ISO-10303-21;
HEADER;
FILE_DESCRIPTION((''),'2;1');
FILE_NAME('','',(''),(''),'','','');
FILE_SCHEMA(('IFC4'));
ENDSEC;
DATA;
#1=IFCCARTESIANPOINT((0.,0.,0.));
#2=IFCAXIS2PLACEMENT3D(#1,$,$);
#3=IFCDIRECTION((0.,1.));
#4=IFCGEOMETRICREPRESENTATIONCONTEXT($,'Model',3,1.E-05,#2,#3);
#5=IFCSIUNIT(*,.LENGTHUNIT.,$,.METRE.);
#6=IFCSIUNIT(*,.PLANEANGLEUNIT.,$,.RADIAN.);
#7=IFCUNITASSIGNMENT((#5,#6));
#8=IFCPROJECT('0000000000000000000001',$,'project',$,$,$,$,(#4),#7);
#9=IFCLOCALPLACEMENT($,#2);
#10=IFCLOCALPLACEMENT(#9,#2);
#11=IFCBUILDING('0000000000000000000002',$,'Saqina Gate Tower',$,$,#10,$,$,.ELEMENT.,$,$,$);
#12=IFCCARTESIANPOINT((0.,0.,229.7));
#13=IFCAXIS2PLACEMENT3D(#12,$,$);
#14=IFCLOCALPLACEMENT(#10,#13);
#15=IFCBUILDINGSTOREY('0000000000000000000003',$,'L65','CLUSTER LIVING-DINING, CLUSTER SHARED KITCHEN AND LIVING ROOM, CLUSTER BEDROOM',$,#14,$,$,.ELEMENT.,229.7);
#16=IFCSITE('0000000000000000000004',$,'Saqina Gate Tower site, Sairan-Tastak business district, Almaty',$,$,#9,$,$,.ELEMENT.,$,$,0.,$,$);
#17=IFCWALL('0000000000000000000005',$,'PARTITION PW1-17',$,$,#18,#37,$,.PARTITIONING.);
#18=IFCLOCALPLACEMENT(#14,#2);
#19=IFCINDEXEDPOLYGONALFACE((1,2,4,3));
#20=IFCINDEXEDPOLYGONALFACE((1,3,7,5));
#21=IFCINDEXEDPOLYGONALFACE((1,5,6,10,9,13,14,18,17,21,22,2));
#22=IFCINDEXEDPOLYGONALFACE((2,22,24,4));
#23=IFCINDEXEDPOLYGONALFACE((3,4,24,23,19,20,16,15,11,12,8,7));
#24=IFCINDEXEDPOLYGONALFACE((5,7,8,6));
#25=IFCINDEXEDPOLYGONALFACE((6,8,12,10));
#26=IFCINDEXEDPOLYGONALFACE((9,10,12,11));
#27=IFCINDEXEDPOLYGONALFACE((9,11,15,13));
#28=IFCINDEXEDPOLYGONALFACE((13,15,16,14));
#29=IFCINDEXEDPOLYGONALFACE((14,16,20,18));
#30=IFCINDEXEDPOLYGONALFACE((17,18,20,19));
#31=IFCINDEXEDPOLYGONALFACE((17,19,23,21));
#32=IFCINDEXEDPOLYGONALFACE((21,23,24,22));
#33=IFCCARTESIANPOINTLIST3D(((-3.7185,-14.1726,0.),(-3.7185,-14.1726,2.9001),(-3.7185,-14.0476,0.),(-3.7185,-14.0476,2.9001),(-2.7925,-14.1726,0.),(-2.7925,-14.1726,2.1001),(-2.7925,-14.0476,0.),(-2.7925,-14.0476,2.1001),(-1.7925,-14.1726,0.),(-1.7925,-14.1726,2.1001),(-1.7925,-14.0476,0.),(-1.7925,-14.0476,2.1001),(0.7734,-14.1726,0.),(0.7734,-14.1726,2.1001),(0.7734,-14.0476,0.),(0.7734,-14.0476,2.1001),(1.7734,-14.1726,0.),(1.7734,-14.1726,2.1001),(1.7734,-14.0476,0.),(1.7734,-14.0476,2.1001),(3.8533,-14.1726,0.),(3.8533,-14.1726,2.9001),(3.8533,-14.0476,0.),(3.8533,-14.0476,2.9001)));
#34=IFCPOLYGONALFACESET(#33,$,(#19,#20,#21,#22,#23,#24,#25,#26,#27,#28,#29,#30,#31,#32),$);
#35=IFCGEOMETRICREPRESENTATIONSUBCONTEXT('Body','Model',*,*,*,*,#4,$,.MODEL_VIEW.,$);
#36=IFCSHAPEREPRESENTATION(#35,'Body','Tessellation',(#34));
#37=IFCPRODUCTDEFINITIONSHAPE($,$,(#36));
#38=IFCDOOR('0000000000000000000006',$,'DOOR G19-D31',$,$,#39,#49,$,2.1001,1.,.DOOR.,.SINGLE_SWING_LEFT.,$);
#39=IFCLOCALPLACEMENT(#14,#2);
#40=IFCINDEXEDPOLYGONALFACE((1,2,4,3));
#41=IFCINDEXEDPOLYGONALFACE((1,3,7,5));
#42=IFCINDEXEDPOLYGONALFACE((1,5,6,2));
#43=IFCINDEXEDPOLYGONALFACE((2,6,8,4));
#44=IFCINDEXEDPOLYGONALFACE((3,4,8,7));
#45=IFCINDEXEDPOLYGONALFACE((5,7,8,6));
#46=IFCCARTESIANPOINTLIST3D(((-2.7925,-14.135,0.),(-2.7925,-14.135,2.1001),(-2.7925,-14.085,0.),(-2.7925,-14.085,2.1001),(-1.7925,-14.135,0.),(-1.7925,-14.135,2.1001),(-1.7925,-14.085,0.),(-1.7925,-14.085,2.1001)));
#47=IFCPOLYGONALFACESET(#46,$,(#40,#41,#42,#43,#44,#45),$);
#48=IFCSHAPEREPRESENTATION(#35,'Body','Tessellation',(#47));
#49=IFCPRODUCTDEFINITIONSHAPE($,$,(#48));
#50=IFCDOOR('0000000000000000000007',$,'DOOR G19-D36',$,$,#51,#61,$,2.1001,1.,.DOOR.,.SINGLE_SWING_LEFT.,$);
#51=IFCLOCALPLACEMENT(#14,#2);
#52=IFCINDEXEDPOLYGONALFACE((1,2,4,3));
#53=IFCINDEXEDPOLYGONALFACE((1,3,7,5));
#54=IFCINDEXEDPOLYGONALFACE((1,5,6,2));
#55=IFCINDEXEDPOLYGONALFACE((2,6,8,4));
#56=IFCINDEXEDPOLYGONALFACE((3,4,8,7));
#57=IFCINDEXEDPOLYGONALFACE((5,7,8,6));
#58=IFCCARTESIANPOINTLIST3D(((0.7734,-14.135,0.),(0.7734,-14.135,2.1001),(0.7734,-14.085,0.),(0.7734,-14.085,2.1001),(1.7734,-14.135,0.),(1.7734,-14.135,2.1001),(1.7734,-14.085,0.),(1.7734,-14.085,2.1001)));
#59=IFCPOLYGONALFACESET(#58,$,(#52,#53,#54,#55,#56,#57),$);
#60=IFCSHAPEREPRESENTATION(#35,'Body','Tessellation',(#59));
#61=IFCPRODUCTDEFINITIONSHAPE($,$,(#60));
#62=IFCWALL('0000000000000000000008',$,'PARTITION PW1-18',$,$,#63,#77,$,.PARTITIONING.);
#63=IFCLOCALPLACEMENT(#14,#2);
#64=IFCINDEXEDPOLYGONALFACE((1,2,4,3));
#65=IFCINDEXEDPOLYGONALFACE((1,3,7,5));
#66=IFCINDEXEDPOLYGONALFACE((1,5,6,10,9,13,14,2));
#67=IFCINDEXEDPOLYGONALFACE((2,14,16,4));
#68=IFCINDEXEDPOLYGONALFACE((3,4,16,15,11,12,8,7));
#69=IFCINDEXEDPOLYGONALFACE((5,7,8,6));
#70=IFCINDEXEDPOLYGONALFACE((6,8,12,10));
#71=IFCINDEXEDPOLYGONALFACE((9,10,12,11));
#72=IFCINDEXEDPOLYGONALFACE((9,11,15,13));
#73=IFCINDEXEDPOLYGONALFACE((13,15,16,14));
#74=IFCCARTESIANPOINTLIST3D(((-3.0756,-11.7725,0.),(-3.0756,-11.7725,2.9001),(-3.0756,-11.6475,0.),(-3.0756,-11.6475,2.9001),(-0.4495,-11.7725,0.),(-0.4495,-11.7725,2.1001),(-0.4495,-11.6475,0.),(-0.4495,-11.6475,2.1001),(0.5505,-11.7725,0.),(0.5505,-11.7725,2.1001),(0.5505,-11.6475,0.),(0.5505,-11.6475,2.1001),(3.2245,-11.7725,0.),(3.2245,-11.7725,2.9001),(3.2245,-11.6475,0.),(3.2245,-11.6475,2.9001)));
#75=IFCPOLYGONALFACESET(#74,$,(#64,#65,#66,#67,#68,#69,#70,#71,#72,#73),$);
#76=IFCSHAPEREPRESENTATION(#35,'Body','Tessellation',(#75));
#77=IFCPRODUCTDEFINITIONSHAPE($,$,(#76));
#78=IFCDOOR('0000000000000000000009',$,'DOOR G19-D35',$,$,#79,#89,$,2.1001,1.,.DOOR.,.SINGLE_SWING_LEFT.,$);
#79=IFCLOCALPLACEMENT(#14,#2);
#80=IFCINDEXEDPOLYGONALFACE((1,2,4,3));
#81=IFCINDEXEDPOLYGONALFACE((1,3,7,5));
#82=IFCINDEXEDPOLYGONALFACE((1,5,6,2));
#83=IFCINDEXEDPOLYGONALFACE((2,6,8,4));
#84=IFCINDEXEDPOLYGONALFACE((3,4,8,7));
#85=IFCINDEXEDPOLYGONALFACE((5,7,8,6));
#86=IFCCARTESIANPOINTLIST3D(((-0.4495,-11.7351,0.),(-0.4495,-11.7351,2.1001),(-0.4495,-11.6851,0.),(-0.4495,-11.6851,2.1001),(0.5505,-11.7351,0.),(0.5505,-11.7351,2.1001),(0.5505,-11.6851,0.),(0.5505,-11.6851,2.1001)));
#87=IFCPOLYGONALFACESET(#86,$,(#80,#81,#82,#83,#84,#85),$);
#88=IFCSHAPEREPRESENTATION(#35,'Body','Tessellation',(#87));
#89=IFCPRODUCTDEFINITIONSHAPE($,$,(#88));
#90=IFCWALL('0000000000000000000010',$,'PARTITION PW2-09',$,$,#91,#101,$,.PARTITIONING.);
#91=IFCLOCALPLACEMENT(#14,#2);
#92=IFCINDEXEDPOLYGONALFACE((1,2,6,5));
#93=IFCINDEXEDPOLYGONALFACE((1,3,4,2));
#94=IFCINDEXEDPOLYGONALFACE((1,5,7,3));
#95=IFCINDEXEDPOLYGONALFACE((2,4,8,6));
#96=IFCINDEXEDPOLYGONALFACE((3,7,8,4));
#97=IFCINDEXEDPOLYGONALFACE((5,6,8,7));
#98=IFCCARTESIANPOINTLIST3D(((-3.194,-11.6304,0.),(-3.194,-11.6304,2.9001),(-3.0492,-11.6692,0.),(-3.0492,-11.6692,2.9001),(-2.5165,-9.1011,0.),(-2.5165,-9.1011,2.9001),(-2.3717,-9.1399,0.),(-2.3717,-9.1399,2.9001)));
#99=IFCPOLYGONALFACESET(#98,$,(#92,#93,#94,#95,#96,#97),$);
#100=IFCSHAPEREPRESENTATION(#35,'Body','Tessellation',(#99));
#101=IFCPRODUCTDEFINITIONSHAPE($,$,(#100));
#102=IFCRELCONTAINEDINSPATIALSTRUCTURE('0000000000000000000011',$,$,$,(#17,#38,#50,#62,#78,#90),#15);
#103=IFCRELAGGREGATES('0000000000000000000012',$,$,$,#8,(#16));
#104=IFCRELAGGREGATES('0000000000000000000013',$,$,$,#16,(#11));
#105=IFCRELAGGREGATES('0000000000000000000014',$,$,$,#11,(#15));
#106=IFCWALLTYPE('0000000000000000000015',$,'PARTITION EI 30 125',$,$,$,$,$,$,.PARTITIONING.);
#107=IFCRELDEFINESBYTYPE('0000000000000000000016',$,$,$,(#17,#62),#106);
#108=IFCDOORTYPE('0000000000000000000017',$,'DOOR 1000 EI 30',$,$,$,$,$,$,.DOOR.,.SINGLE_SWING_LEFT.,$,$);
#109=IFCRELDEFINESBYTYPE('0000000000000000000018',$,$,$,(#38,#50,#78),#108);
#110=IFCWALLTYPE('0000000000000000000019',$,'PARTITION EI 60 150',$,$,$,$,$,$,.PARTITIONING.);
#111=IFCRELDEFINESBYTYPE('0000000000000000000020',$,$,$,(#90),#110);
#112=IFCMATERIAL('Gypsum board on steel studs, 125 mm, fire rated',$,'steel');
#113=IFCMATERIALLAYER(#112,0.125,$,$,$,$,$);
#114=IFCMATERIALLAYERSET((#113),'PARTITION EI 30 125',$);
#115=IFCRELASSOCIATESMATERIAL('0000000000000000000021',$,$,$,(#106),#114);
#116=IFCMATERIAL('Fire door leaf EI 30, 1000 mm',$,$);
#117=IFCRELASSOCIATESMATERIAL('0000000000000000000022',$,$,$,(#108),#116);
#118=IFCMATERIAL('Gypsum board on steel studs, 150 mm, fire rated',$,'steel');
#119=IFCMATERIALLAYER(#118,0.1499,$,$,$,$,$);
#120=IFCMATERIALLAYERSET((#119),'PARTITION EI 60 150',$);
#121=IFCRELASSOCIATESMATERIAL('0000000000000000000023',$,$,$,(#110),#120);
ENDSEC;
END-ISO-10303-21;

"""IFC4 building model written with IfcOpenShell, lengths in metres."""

from ifc_helpers import new_model, si_unit, direction, frame, frame_2d, origin, place, context, subcontext, project, spatial, rectangle, extrude, material, layer, layer_set, type_object, element, fill, save


model = new_model("IFC4")

# Units and contexts
model_context = context("Model", 3, precision=1e-05, world=origin(), true_north=direction((0.0, 1.0)))
body_context = subcontext(model_context, "Body", "Model", "MODEL_VIEW")
ifc_project = project(units=[si_unit("LENGTHUNIT", "METRE"), si_unit("PLANEANGLEUNIT", "RADIAN")], contexts=[model_context])

# Site, building, storey
site_placement = place(None, origin())
site = spatial("IfcSite", under=ifc_project, at=site_placement, Name="Saqina Gate Tower site, Sairan-Tastak business district, Almaty", CompositionType="ELEMENT", RefElevation=0.0)
building_placement = place(site_placement, origin())
building = spatial("IfcBuilding", under=site, at=building_placement, Name="Saqina Gate Tower", CompositionType="ELEMENT")
storey_placement = place(building_placement, frame((0.0, 0.0, 229.7)))
storey = spatial("IfcBuildingStorey", under=building, at=storey_placement, Name="L65", Description="CLUSTER LIVING-DINING, CLUSTER SHARED KITCHEN AND LIVING ROOM, CLUSTER BEDROOM", CompositionType="ELEMENT", Elevation=229.7)

# Wall, openings, doors
ifc_material_1 = material(Name="Gypsum board on steel studs, 125 mm, fire rated", Category="steel")
ifc_layer_1 = layer(ifc_material_1, 0.125)
ifc_layer_set_1 = layer_set([ifc_layer_1], Name="PARTITION EI 30 125")
wall_type_1 = type_object("IfcWallType", Name="PARTITION EI 30 125", PredefinedType="PARTITIONING", material=ifc_layer_set_1)
wall_1_placement = place(storey_placement, frame((-3.7185, -14.1101, 0.0), z_axis=(0.0, 0.0, 1.0), x_axis=(1.0, 0.0, 0.0)))
wall_1 = element("IfcWall", 1, at=wall_1_placement, inside=storey, type_object=wall_type_1, Name="PARTITION PW1-17", PredefinedType="PARTITIONING", context=body_context, shape_type="SweptSolid", body=[
    extrude(rectangle(XDim=7.5718, YDim=0.125, at=frame_2d((3.7859, 0.0))), origin(), (0.0, 0.0, 1.0), 2.9001),
])
opening_1_placement = place(wall_1_placement, frame((0.926, 0.0, 0.0)))
opening_1 = element("IfcOpeningElement", 2, at=opening_1_placement, cuts=wall_1, PredefinedType="OPENING", context=body_context, shape_type="SweptSolid", body=[
    extrude(rectangle(XDim=1.0, YDim=2.1001, at=frame_2d((0.5, 1.05))), frame((0.0, 0.0745, 0.0), z_axis=(0.0, -1.0, 0.0), x_axis=(1.0, 0.0, 0.0)), (0.0, 0.0, 1.0), 0.1489),
])
opening_2_placement = place(wall_1_placement, frame((4.4919, 0.0, 0.0)))
opening_2 = element("IfcOpeningElement", 3, at=opening_2_placement, cuts=wall_1, PredefinedType="OPENING", context=body_context, shape_type="SweptSolid", body=[
    extrude(rectangle(XDim=1.0, YDim=2.1001, at=frame_2d((0.5, 1.05))), frame((0.0, 0.0745, 0.0), z_axis=(0.0, -1.0, 0.0), x_axis=(1.0, 0.0, 0.0)), (0.0, 0.0, 1.0), 0.1489),
])
ifc_material_2 = material(Name="Fire door leaf EI 30, 1000 mm")
door_type_1 = type_object("IfcDoorType", Name="DOOR 1000 EI 30", OperationType="SINGLE_SWING_LEFT", PredefinedType="DOOR", material=ifc_material_2)
door_1_placement = place(opening_1_placement, frame((1.0, 0.0, 0.0), z_axis=(0.0, 0.0, 1.0), x_axis=(-1.0, 0.0, 0.0)))
door_1 = element("IfcDoor", 4, at=door_1_placement, inside=storey, type_object=door_type_1, Name="DOOR G19-D31", OperationType="SINGLE_SWING_LEFT", OverallHeight=2.1001, OverallWidth=1.0, PredefinedType="DOOR", context=body_context, shape_type="SweptSolid", body=[
    extrude(rectangle(XDim=1.0, YDim=2.1001, at=frame_2d((0.5, 1.05))), frame((0.0, 0.0249, 0.0), z_axis=(0.0, -1.0, 0.0), x_axis=(1.0, 0.0, 0.0)), (0.0, 0.0, 1.0), 0.05),
])
fill(opening_1, door_1)
door_2_placement = place(opening_2_placement, frame((1.0, 0.0, 0.0), z_axis=(0.0, 0.0, 1.0), x_axis=(-1.0, 0.0, 0.0)))
door_2 = element("IfcDoor", 5, at=door_2_placement, inside=storey, type_object=door_type_1, Name="DOOR G19-D36", OperationType="SINGLE_SWING_LEFT", OverallHeight=2.1001, OverallWidth=1.0, PredefinedType="DOOR", context=body_context, shape_type="SweptSolid", body=[
    extrude(rectangle(XDim=1.0, YDim=2.1001, at=frame_2d((0.5, 1.05))), frame((0.0, 0.0249, 0.0), z_axis=(0.0, -1.0, 0.0), x_axis=(1.0, 0.0, 0.0)), (0.0, 0.0, 1.0), 0.05),
])
fill(opening_2, door_2)

# Wall, opening, door
wall_2_placement = place(storey_placement, frame((-3.0754, -11.71, 0.0), z_axis=(0.0, 0.0, 1.0), x_axis=(1.0, 0.0, 0.0)))
wall_2 = element("IfcWall", 6, at=wall_2_placement, inside=storey, type_object=wall_type_1, Name="PARTITION PW1-18", PredefinedType="PARTITIONING", context=body_context, shape_type="SweptSolid", body=[
    extrude(rectangle(XDim=6.3, YDim=0.125, at=frame_2d((3.1499, 0.0))), origin(), (0.0, 0.0, 1.0), 2.9001),
])
opening_3_placement = place(wall_2_placement, frame((2.626, 0.0, 0.0)))
opening_3 = element("IfcOpeningElement", 7, at=opening_3_placement, cuts=wall_2, PredefinedType="OPENING", context=body_context, shape_type="SweptSolid", body=[
    extrude(rectangle(XDim=1.0, YDim=2.1001, at=frame_2d((0.5, 1.05))), frame((0.0, 0.0745, 0.0), z_axis=(0.0, -1.0, 0.0), x_axis=(1.0, 0.0, 0.0)), (0.0, 0.0, 1.0), 0.1489),
])
door_3_placement = place(opening_3_placement, origin())
door_3 = element("IfcDoor", 8, at=door_3_placement, inside=storey, type_object=door_type_1, Name="DOOR G19-D35", OperationType="SINGLE_SWING_LEFT", OverallHeight=2.1001, OverallWidth=1.0, PredefinedType="DOOR", context=body_context, shape_type="SweptSolid", body=[
    extrude(rectangle(XDim=1.0, YDim=2.1001, at=frame_2d((0.5, 1.05))), frame((0.0, 0.0249, 0.0), z_axis=(0.0, -1.0, 0.0), x_axis=(1.0, 0.0, 0.0)), (0.0, 0.0, 1.0), 0.05),
])
fill(opening_3, door_3)

# Wall
ifc_material_3 = material(Name="Gypsum board on steel studs, 150 mm, fire rated", Category="steel")
ifc_layer_2 = layer(ifc_material_3, 0.1499)
ifc_layer_set_2 = layer_set([ifc_layer_2], Name="PARTITION EI 60 150")
wall_type_2 = type_object("IfcWallType", Name="PARTITION EI 60 150", PredefinedType="PARTITIONING", material=ifc_layer_set_2)
wall_3_placement = place(storey_placement, frame((-3.1216, -11.6497, 0.0), z_axis=(0.0, 0.0, 1.0), x_axis=(0.258736, 0.965948, 0.0)))
element("IfcWall", 9, at=wall_3_placement, inside=storey, type_object=wall_type_2, Name="PARTITION PW2-09", PredefinedType="PARTITIONING", context=body_context, shape_type="SweptSolid", body=[
    extrude(rectangle(XDim=2.6184, YDim=0.1499, at=frame_2d((1.3091, 0.0))), origin(), (0.0, 0.0, 1.0), 2.9001),
])

save(model, "model.ifc")
